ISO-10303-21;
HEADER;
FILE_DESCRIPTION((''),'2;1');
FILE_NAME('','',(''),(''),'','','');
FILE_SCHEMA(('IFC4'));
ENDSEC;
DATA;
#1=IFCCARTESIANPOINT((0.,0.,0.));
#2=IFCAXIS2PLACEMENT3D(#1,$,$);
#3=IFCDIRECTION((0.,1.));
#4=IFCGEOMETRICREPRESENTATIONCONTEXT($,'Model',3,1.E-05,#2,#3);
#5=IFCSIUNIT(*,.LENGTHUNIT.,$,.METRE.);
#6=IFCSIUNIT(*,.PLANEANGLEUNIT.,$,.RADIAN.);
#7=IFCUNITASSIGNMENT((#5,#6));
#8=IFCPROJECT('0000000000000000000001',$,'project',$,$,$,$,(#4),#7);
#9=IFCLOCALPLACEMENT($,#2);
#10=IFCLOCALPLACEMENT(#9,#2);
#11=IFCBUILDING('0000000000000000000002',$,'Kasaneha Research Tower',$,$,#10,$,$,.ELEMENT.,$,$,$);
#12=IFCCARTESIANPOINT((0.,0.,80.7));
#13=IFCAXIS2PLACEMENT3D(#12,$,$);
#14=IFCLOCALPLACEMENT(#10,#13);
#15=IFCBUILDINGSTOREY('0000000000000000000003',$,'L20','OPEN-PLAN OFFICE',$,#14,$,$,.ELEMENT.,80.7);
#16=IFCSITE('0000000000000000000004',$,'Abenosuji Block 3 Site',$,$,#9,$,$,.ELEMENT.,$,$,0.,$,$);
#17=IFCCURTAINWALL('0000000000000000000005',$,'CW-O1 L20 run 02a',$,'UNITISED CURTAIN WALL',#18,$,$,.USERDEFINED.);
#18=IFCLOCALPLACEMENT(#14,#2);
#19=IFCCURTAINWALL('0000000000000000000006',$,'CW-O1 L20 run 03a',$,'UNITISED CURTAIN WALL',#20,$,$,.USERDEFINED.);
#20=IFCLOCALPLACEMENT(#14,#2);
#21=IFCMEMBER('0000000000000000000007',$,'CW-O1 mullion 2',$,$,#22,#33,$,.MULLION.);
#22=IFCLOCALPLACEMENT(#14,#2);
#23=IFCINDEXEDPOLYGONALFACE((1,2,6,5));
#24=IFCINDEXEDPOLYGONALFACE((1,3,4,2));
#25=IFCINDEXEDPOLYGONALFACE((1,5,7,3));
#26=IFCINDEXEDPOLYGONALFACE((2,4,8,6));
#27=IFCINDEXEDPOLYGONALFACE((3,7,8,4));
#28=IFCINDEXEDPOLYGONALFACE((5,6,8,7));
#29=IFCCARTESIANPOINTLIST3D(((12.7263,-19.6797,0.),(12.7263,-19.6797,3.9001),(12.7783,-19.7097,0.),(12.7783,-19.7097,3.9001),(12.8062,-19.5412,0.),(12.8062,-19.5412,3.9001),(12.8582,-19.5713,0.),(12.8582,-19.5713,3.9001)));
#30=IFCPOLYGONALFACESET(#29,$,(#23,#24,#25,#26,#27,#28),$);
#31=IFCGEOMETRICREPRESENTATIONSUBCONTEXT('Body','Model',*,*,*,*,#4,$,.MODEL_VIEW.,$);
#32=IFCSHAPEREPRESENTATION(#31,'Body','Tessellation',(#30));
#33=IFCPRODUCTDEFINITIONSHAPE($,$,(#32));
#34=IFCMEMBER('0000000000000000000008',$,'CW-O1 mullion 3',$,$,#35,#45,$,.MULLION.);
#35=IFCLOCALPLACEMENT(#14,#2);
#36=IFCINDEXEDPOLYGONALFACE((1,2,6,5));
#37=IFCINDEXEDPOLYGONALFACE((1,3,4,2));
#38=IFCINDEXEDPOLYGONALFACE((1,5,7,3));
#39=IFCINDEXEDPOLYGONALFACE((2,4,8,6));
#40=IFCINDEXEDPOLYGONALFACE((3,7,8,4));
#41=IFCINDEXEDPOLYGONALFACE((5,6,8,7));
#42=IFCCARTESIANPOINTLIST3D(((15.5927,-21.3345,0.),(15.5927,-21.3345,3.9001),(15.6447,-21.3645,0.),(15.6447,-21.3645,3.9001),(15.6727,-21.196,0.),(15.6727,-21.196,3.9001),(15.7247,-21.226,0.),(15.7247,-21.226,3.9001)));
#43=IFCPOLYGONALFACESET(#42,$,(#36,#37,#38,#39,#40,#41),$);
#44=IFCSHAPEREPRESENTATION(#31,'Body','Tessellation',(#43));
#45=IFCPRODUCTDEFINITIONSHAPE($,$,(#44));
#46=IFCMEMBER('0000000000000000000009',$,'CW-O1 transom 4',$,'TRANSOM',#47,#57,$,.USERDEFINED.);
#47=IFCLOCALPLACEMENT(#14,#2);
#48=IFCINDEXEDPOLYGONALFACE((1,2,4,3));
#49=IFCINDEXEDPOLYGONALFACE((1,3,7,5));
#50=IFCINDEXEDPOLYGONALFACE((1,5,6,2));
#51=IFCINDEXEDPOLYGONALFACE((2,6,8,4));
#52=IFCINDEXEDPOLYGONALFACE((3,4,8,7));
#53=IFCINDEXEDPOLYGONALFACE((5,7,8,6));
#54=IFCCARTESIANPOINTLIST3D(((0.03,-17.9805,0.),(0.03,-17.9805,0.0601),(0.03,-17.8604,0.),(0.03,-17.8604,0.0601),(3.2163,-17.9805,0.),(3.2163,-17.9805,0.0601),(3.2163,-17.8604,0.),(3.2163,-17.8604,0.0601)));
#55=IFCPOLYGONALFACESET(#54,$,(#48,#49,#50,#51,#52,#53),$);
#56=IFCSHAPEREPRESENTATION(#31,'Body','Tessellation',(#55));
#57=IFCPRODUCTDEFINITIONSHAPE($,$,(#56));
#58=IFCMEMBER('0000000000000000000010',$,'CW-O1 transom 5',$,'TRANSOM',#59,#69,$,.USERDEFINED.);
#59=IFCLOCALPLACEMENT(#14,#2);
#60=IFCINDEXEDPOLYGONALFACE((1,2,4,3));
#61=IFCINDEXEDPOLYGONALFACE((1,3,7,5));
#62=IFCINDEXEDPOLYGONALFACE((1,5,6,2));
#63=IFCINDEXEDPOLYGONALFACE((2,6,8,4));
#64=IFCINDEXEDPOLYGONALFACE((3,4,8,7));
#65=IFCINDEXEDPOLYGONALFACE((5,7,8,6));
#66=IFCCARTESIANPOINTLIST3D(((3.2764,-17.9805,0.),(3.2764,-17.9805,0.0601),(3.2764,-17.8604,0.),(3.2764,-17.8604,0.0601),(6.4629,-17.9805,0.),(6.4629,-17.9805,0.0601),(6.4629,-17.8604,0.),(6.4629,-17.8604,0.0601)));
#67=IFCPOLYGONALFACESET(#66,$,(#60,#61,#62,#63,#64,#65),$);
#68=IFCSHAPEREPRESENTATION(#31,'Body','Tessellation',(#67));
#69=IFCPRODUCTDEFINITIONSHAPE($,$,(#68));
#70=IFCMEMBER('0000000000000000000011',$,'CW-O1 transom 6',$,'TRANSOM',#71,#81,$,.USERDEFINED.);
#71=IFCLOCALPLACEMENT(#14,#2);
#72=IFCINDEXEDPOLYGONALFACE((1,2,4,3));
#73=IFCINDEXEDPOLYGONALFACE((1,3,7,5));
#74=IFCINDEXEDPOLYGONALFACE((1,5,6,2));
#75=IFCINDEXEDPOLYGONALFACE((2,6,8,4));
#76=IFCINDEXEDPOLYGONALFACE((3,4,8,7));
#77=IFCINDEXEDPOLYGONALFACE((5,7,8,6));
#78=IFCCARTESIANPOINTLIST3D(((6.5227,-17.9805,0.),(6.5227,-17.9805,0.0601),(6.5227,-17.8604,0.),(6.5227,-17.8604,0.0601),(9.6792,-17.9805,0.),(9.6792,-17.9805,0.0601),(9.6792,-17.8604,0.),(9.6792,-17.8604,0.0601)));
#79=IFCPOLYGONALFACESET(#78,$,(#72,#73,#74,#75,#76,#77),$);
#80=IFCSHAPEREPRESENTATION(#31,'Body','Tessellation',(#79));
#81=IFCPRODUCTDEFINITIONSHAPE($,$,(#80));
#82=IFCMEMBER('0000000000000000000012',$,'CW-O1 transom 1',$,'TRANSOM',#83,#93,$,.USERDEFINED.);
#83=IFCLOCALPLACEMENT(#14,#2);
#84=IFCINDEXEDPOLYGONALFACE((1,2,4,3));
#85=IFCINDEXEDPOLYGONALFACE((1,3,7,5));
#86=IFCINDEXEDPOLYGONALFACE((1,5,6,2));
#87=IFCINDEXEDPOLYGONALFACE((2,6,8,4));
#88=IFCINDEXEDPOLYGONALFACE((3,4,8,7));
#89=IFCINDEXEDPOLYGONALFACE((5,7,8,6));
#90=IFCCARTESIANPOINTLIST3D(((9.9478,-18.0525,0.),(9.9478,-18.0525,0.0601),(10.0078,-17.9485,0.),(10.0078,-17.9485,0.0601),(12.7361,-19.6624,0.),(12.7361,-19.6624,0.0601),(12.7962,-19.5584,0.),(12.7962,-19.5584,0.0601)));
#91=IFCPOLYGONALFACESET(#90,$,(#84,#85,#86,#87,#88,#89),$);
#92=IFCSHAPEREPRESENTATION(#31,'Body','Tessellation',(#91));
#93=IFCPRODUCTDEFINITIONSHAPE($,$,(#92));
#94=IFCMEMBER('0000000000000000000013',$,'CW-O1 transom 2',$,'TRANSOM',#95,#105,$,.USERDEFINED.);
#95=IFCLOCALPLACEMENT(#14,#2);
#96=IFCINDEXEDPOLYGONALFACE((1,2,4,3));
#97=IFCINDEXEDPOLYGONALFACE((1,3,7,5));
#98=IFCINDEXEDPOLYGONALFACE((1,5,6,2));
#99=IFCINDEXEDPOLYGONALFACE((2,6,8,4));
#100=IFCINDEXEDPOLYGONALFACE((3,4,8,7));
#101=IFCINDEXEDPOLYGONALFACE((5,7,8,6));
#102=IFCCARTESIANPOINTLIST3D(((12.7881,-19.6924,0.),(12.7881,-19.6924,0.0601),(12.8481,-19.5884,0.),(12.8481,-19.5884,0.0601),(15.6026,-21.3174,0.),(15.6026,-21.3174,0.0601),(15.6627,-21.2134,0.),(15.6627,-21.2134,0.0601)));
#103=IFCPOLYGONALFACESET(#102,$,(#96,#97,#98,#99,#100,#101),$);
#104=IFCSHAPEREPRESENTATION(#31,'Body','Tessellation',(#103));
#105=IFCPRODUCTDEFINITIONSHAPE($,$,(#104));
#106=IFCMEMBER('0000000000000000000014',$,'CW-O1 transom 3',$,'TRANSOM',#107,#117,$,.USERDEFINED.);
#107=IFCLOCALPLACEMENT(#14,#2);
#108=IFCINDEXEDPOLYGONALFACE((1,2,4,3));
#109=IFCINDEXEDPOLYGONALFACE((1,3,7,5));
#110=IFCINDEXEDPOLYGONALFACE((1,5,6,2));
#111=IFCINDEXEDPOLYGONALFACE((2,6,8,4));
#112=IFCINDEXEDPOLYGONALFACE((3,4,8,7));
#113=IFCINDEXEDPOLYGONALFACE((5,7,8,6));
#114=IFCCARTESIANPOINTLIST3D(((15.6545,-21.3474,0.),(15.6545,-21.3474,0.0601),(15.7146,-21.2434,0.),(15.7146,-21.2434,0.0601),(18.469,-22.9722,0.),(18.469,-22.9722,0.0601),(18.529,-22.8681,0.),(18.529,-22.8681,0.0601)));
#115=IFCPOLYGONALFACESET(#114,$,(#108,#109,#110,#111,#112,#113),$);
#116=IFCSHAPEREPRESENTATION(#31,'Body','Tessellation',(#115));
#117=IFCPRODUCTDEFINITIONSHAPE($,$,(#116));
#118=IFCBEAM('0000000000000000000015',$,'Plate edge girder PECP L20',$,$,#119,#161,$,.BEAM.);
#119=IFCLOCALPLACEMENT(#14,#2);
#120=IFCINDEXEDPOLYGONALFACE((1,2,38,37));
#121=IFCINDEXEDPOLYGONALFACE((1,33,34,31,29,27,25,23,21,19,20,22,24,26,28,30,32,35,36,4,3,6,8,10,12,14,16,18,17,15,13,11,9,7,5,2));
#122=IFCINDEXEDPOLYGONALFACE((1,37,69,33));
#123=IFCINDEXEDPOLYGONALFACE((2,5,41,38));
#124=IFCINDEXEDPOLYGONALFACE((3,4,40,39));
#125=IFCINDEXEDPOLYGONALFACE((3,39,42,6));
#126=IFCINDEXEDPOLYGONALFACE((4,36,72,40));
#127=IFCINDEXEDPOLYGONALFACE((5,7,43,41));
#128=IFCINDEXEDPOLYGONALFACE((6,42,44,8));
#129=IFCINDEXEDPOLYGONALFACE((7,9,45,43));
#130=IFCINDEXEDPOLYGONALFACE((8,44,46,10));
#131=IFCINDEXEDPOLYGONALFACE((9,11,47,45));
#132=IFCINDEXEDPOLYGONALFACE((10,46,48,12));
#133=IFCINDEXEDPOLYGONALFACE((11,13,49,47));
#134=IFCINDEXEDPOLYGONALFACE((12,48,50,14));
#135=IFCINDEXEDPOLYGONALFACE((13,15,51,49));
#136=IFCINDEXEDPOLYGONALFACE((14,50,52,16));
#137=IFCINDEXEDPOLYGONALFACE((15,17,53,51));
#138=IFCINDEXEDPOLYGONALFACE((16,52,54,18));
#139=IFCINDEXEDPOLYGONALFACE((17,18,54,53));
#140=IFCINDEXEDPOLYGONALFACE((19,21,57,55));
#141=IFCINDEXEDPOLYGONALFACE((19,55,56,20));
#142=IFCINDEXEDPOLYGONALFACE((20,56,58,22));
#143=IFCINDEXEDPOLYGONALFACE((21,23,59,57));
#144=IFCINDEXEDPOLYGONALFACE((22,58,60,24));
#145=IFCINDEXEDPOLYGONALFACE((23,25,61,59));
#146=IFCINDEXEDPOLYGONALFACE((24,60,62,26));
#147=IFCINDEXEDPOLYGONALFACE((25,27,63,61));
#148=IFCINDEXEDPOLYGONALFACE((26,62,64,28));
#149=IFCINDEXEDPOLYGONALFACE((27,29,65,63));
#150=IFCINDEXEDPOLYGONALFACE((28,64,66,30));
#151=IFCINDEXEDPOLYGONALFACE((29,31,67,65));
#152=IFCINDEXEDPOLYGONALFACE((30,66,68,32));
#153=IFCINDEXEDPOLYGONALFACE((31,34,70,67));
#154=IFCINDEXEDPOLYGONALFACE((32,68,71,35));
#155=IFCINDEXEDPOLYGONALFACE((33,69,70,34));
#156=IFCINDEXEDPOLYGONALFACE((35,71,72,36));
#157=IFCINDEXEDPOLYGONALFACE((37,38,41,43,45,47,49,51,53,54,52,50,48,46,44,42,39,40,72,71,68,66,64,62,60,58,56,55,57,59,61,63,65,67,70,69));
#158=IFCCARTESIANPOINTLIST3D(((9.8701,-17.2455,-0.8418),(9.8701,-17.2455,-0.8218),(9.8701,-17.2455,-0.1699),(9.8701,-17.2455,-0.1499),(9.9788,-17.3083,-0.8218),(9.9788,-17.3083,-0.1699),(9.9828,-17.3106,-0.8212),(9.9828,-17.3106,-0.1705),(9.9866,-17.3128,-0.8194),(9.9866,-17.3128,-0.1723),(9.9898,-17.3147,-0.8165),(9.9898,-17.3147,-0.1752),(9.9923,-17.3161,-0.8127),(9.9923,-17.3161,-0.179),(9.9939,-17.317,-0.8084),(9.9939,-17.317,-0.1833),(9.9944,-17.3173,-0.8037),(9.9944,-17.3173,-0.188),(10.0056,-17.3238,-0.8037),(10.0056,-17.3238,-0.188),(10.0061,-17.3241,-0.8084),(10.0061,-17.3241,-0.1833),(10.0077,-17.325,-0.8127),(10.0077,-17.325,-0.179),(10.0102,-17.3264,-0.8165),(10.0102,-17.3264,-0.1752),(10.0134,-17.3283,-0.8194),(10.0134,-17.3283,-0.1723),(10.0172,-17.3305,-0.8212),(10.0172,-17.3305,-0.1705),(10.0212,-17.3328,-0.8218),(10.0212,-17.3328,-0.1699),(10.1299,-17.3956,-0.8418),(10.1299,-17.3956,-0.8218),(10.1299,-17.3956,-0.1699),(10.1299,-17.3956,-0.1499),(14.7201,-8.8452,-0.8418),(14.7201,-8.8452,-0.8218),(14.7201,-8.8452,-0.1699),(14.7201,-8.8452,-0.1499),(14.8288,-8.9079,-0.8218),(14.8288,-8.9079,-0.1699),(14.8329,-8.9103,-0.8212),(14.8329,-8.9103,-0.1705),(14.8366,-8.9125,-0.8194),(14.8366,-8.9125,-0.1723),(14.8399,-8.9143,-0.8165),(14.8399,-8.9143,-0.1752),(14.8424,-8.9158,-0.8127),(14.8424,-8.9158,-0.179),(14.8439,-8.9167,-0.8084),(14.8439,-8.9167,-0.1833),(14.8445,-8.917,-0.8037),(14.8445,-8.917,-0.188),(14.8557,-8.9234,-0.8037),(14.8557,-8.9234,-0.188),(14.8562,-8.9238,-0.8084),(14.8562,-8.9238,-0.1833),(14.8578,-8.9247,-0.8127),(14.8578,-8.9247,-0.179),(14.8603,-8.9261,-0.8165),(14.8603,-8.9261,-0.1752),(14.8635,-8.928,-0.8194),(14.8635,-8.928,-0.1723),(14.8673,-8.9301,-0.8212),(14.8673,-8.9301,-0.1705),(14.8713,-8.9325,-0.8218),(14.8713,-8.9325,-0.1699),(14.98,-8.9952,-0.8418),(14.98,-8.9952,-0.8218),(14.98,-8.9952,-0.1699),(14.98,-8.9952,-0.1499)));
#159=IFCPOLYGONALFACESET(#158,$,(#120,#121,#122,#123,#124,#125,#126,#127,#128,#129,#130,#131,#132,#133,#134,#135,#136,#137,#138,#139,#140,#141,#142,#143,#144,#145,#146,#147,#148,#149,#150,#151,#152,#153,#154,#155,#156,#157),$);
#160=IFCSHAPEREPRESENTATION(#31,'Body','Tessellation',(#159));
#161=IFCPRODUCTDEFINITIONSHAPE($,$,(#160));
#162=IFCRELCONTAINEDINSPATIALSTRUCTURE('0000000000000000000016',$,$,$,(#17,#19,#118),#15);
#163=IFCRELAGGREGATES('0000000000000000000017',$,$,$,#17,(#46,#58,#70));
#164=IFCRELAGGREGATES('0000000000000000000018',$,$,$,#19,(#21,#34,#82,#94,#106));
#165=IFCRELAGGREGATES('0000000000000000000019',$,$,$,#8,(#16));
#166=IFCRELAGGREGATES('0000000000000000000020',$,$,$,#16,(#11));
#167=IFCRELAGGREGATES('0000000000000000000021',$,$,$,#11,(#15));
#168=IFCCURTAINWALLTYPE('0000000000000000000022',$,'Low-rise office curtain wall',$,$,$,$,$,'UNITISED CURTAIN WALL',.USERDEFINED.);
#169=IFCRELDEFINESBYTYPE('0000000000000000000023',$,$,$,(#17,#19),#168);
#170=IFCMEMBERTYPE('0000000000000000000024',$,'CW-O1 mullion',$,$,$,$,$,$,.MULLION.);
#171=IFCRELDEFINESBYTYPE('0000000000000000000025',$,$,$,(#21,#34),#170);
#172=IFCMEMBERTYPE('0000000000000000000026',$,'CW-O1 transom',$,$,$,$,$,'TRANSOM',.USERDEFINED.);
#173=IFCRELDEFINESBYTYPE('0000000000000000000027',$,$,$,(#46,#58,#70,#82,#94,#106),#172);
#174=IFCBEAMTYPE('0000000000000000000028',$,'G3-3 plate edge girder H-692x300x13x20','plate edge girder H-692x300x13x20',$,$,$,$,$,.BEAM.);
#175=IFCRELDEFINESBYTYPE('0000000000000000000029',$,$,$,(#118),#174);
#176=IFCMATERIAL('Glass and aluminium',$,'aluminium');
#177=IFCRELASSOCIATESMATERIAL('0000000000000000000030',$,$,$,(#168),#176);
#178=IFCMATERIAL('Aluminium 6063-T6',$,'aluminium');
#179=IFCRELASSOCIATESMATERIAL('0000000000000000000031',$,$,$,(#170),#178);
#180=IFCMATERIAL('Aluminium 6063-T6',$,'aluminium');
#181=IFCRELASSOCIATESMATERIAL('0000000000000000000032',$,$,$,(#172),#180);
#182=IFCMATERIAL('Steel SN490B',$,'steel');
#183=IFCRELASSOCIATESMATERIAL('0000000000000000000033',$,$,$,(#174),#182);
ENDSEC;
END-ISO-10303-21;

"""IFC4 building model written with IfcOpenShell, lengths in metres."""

from ifc_helpers import new_model, si_unit, direction, frame, origin, origin_2d, place, context, subcontext, project, spatial, rectangle, i_section, extrude, material, material_profile, profile_set, type_object, element, aggregate, save


model = new_model("IFC4")

# Units and contexts
model_context = context("Model", 3, precision=1e-05, world=origin(), true_north=direction((0.0, 1.0)))
body_context = subcontext(model_context, "Body", "Model", "MODEL_VIEW")
ifc_project = project(units=[si_unit("LENGTHUNIT", "METRE"), si_unit("PLANEANGLEUNIT", "RADIAN")], contexts=[model_context])

# Site, building, storey
site_placement = place(None, origin())
site = spatial("IfcSite", under=ifc_project, at=site_placement, Name="Abenosuji Block 3 Site", CompositionType="ELEMENT", RefElevation=0.0)
building_placement = place(site_placement, origin())
building = spatial("IfcBuilding", under=site, at=building_placement, Name="Kasaneha Research Tower", CompositionType="ELEMENT")
storey_placement = place(building_placement, frame((0.0, 0.0, 80.7)))
storey = spatial("IfcBuildingStorey", under=building, at=storey_placement, Name="L20", Description="OPEN-PLAN OFFICE", CompositionType="ELEMENT", Elevation=80.7)

# Curtain walls, members
ifc_material_1 = material(Name="Glass and aluminium", Category="aluminium")
curtain_wall_type = type_object("IfcCurtainWallType", Name="Low-rise office curtain wall", ElementType="UNITISED CURTAIN WALL", PredefinedType="USERDEFINED", material=ifc_material_1)
curtain_wall_1_placement = place(storey_placement, origin())
curtain_wall_1 = element("IfcCurtainWall", 1, at=curtain_wall_1_placement, inside=storey, type_object=curtain_wall_type, Name="CW-O1 L20 run 02a", ObjectType="UNITISED CURTAIN WALL", PredefinedType="USERDEFINED")
ifc_material_2 = material(Name="Aluminium 6063-T6", Category="aluminium")
ifc_material_profile_1 = material_profile(ifc_material_2, rectangle(XDim=0.0601, YDim=0.1599, at=origin_2d()), Name="CW-O1 mullion 60x160")
ifc_profile_set_1 = profile_set([ifc_material_profile_1], Name="Aluminium 6063-T6")
member_type_1 = type_object("IfcMemberType", Name="CW-O1 mullion", PredefinedType="MULLION", material=ifc_profile_set_1)
curtain_wall_2_placement = place(storey_placement, origin())
curtain_wall_2 = element("IfcCurtainWall", 2, at=curtain_wall_2_placement, inside=storey, type_object=curtain_wall_type, Name="CW-O1 L20 run 03a", ObjectType="UNITISED CURTAIN WALL", PredefinedType="USERDEFINED")
member_1_placement = place(storey_placement, frame((12.7922, -19.6255, 0.0), z_axis=(0.0, 0.0, 1.0), x_axis=(0.866025, -0.5, 0.0)))
member_1 = element("IfcMember", 3, at=member_1_placement, type_object=member_type_1, Name="CW-O1 mullion 2", PredefinedType="MULLION", context=body_context, shape_type="SweptSolid", body=[
    extrude(rectangle(XDim=0.0601, YDim=0.1599, at=origin_2d()), origin(), (0.0, 0.0, 1.0), 3.9001),
])
member_2_placement = place(storey_placement, frame((15.6587, -21.2803, 0.0), z_axis=(0.0, 0.0, 1.0), x_axis=(0.866025, -0.5, 0.0)))
member_2 = element("IfcMember", 4, at=member_2_placement, type_object=member_type_1, Name="CW-O1 mullion 3", PredefinedType="MULLION", context=body_context, shape_type="SweptSolid", body=[
    extrude(rectangle(XDim=0.0601, YDim=0.1599, at=origin_2d()), origin(), (0.0, 0.0, 1.0), 3.9001),
])

# Members
ifc_material_3 = material(Name="Aluminium 6063-T6", Category="aluminium")
ifc_material_profile_2 = material_profile(ifc_material_3, rectangle(XDim=0.1201, YDim=0.0601, at=origin_2d()), Name="CW-O1 transom 120x60")
ifc_profile_set_2 = profile_set([ifc_material_profile_2], Name="Aluminium 6063-T6")
member_type_2 = type_object("IfcMemberType", Name="CW-O1 transom", ElementType="TRANSOM", PredefinedType="USERDEFINED", material=ifc_profile_set_2)
member_3_placement = place(storey_placement, frame((0.03, -17.9204, 0.03), z_axis=(1.0, 0.0, 0.0), x_axis=(0.0, 1.0, 0.0)))
member_3 = element("IfcMember", 5, at=member_3_placement, type_object=member_type_2, Name="CW-O1 transom 4", ObjectType="TRANSOM", PredefinedType="USERDEFINED", context=body_context, shape_type="SweptSolid", body=[
    extrude(rectangle(XDim=0.1201, YDim=0.0601, at=origin_2d()), origin(), (0.0, 0.0, 1.0), 3.1863),
])
member_4_placement = place(storey_placement, frame((3.2764, -17.9204, 0.03), z_axis=(1.0, 0.0, 0.0), x_axis=(0.0, 1.0, 0.0)))
member_4 = element("IfcMember", 6, at=member_4_placement, type_object=member_type_2, Name="CW-O1 transom 5", ObjectType="TRANSOM", PredefinedType="USERDEFINED", context=body_context, shape_type="SweptSolid", body=[
    extrude(rectangle(XDim=0.1201, YDim=0.0601, at=origin_2d()), origin(), (0.0, 0.0, 1.0), 3.1865),
])
member_5_placement = place(storey_placement, frame((6.5227, -17.9204, 0.03), z_axis=(1.0, 0.0, 0.0), x_axis=(0.0, 1.0, 0.0)))
member_5 = element("IfcMember", 7, at=member_5_placement, type_object=member_type_2, Name="CW-O1 transom 6", ObjectType="TRANSOM", PredefinedType="USERDEFINED", context=body_context, shape_type="SweptSolid", body=[
    extrude(rectangle(XDim=0.1201, YDim=0.0601, at=origin_2d()), origin(), (0.0, 0.0, 1.0), 3.1565),
])
member_6_placement = place(storey_placement, frame((9.9778, -18.0005, 0.03), z_axis=(0.866023, -0.500005, 0.0), x_axis=(0.500005, 0.866023, 0.0)))
member_6 = element("IfcMember", 8, at=member_6_placement, type_object=member_type_2, Name="CW-O1 transom 1", ObjectType="TRANSOM", PredefinedType="USERDEFINED", context=body_context, shape_type="SweptSolid", body=[
    extrude(rectangle(XDim=0.1201, YDim=0.0601, at=origin_2d()), origin(), (0.0, 0.0, 1.0), 3.2197),
])
member_7_placement = place(storey_placement, frame((12.8181, -19.6404, 0.03), z_axis=(0.866015, -0.500017, 0.0), x_axis=(0.500017, 0.866015, 0.0)))
member_7 = element("IfcMember", 9, at=member_7_placement, type_object=member_type_2, Name="CW-O1 transom 2", ObjectType="TRANSOM", PredefinedType="USERDEFINED", context=body_context, shape_type="SweptSolid", body=[
    extrude(rectangle(XDim=0.1201, YDim=0.0601, at=origin_2d()), origin(), (0.0, 0.0, 1.0), 3.25),
])
member_8_placement = place(storey_placement, frame((15.6846, -21.2954, 0.03), z_axis=(0.866048, -0.499961, 0.0), x_axis=(0.499961, 0.866048, 0.0)))
member_8 = element("IfcMember", 10, at=member_8_placement, type_object=member_type_2, Name="CW-O1 transom 3", ObjectType="TRANSOM", PredefinedType="USERDEFINED", context=body_context, shape_type="SweptSolid", body=[
    extrude(rectangle(XDim=0.1201, YDim=0.0601, at=origin_2d()), origin(), (0.0, 0.0, 1.0), 3.2498),
])

# Beam
ifc_material_4 = material(Name="Steel SN490B", Category="steel")
ifc_material_profile_3 = material_profile(ifc_material_4, i_section(OverallWidth=0.3, OverallDepth=0.6919, WebThickness=0.0129, FlangeThickness=0.02, FilletRadius=0.0181, at=origin_2d()), Name="H-692x300x13x20")
ifc_profile_set_3 = profile_set([ifc_material_profile_3], Name="Steel SN490B")
beam_type_1 = type_object("IfcBeamType", Name="G3-3 plate edge girder H-692x300x13x20", Description="plate edge girder H-692x300x13x20", PredefinedType="BEAM", material=ifc_profile_set_3)
beam_1_placement = place(storey_placement, frame((10.0, -17.3206, -0.4958), z_axis=(0.50001, 0.86602, 0.0), x_axis=(-0.86602, 0.50001, 0.0)))
element("IfcBeam", 11, at=beam_1_placement, inside=storey, type_object=beam_type_1, Name="Plate edge girder PECP L20", PredefinedType="BEAM", context=body_context, shape_type="SweptSolid", body=[
    extrude(i_section(OverallWidth=0.3, OverallDepth=0.6919, WebThickness=0.0129, FlangeThickness=0.02, FilletRadius=0.0181, at=origin_2d()), origin(), (0.0, 0.0, 1.0), 9.7),
])

aggregate(curtain_wall_1, [member_3, member_4, member_5])
aggregate(curtain_wall_2, [member_1, member_2, member_6, member_7, member_8])

save(model, "model.ifc")
